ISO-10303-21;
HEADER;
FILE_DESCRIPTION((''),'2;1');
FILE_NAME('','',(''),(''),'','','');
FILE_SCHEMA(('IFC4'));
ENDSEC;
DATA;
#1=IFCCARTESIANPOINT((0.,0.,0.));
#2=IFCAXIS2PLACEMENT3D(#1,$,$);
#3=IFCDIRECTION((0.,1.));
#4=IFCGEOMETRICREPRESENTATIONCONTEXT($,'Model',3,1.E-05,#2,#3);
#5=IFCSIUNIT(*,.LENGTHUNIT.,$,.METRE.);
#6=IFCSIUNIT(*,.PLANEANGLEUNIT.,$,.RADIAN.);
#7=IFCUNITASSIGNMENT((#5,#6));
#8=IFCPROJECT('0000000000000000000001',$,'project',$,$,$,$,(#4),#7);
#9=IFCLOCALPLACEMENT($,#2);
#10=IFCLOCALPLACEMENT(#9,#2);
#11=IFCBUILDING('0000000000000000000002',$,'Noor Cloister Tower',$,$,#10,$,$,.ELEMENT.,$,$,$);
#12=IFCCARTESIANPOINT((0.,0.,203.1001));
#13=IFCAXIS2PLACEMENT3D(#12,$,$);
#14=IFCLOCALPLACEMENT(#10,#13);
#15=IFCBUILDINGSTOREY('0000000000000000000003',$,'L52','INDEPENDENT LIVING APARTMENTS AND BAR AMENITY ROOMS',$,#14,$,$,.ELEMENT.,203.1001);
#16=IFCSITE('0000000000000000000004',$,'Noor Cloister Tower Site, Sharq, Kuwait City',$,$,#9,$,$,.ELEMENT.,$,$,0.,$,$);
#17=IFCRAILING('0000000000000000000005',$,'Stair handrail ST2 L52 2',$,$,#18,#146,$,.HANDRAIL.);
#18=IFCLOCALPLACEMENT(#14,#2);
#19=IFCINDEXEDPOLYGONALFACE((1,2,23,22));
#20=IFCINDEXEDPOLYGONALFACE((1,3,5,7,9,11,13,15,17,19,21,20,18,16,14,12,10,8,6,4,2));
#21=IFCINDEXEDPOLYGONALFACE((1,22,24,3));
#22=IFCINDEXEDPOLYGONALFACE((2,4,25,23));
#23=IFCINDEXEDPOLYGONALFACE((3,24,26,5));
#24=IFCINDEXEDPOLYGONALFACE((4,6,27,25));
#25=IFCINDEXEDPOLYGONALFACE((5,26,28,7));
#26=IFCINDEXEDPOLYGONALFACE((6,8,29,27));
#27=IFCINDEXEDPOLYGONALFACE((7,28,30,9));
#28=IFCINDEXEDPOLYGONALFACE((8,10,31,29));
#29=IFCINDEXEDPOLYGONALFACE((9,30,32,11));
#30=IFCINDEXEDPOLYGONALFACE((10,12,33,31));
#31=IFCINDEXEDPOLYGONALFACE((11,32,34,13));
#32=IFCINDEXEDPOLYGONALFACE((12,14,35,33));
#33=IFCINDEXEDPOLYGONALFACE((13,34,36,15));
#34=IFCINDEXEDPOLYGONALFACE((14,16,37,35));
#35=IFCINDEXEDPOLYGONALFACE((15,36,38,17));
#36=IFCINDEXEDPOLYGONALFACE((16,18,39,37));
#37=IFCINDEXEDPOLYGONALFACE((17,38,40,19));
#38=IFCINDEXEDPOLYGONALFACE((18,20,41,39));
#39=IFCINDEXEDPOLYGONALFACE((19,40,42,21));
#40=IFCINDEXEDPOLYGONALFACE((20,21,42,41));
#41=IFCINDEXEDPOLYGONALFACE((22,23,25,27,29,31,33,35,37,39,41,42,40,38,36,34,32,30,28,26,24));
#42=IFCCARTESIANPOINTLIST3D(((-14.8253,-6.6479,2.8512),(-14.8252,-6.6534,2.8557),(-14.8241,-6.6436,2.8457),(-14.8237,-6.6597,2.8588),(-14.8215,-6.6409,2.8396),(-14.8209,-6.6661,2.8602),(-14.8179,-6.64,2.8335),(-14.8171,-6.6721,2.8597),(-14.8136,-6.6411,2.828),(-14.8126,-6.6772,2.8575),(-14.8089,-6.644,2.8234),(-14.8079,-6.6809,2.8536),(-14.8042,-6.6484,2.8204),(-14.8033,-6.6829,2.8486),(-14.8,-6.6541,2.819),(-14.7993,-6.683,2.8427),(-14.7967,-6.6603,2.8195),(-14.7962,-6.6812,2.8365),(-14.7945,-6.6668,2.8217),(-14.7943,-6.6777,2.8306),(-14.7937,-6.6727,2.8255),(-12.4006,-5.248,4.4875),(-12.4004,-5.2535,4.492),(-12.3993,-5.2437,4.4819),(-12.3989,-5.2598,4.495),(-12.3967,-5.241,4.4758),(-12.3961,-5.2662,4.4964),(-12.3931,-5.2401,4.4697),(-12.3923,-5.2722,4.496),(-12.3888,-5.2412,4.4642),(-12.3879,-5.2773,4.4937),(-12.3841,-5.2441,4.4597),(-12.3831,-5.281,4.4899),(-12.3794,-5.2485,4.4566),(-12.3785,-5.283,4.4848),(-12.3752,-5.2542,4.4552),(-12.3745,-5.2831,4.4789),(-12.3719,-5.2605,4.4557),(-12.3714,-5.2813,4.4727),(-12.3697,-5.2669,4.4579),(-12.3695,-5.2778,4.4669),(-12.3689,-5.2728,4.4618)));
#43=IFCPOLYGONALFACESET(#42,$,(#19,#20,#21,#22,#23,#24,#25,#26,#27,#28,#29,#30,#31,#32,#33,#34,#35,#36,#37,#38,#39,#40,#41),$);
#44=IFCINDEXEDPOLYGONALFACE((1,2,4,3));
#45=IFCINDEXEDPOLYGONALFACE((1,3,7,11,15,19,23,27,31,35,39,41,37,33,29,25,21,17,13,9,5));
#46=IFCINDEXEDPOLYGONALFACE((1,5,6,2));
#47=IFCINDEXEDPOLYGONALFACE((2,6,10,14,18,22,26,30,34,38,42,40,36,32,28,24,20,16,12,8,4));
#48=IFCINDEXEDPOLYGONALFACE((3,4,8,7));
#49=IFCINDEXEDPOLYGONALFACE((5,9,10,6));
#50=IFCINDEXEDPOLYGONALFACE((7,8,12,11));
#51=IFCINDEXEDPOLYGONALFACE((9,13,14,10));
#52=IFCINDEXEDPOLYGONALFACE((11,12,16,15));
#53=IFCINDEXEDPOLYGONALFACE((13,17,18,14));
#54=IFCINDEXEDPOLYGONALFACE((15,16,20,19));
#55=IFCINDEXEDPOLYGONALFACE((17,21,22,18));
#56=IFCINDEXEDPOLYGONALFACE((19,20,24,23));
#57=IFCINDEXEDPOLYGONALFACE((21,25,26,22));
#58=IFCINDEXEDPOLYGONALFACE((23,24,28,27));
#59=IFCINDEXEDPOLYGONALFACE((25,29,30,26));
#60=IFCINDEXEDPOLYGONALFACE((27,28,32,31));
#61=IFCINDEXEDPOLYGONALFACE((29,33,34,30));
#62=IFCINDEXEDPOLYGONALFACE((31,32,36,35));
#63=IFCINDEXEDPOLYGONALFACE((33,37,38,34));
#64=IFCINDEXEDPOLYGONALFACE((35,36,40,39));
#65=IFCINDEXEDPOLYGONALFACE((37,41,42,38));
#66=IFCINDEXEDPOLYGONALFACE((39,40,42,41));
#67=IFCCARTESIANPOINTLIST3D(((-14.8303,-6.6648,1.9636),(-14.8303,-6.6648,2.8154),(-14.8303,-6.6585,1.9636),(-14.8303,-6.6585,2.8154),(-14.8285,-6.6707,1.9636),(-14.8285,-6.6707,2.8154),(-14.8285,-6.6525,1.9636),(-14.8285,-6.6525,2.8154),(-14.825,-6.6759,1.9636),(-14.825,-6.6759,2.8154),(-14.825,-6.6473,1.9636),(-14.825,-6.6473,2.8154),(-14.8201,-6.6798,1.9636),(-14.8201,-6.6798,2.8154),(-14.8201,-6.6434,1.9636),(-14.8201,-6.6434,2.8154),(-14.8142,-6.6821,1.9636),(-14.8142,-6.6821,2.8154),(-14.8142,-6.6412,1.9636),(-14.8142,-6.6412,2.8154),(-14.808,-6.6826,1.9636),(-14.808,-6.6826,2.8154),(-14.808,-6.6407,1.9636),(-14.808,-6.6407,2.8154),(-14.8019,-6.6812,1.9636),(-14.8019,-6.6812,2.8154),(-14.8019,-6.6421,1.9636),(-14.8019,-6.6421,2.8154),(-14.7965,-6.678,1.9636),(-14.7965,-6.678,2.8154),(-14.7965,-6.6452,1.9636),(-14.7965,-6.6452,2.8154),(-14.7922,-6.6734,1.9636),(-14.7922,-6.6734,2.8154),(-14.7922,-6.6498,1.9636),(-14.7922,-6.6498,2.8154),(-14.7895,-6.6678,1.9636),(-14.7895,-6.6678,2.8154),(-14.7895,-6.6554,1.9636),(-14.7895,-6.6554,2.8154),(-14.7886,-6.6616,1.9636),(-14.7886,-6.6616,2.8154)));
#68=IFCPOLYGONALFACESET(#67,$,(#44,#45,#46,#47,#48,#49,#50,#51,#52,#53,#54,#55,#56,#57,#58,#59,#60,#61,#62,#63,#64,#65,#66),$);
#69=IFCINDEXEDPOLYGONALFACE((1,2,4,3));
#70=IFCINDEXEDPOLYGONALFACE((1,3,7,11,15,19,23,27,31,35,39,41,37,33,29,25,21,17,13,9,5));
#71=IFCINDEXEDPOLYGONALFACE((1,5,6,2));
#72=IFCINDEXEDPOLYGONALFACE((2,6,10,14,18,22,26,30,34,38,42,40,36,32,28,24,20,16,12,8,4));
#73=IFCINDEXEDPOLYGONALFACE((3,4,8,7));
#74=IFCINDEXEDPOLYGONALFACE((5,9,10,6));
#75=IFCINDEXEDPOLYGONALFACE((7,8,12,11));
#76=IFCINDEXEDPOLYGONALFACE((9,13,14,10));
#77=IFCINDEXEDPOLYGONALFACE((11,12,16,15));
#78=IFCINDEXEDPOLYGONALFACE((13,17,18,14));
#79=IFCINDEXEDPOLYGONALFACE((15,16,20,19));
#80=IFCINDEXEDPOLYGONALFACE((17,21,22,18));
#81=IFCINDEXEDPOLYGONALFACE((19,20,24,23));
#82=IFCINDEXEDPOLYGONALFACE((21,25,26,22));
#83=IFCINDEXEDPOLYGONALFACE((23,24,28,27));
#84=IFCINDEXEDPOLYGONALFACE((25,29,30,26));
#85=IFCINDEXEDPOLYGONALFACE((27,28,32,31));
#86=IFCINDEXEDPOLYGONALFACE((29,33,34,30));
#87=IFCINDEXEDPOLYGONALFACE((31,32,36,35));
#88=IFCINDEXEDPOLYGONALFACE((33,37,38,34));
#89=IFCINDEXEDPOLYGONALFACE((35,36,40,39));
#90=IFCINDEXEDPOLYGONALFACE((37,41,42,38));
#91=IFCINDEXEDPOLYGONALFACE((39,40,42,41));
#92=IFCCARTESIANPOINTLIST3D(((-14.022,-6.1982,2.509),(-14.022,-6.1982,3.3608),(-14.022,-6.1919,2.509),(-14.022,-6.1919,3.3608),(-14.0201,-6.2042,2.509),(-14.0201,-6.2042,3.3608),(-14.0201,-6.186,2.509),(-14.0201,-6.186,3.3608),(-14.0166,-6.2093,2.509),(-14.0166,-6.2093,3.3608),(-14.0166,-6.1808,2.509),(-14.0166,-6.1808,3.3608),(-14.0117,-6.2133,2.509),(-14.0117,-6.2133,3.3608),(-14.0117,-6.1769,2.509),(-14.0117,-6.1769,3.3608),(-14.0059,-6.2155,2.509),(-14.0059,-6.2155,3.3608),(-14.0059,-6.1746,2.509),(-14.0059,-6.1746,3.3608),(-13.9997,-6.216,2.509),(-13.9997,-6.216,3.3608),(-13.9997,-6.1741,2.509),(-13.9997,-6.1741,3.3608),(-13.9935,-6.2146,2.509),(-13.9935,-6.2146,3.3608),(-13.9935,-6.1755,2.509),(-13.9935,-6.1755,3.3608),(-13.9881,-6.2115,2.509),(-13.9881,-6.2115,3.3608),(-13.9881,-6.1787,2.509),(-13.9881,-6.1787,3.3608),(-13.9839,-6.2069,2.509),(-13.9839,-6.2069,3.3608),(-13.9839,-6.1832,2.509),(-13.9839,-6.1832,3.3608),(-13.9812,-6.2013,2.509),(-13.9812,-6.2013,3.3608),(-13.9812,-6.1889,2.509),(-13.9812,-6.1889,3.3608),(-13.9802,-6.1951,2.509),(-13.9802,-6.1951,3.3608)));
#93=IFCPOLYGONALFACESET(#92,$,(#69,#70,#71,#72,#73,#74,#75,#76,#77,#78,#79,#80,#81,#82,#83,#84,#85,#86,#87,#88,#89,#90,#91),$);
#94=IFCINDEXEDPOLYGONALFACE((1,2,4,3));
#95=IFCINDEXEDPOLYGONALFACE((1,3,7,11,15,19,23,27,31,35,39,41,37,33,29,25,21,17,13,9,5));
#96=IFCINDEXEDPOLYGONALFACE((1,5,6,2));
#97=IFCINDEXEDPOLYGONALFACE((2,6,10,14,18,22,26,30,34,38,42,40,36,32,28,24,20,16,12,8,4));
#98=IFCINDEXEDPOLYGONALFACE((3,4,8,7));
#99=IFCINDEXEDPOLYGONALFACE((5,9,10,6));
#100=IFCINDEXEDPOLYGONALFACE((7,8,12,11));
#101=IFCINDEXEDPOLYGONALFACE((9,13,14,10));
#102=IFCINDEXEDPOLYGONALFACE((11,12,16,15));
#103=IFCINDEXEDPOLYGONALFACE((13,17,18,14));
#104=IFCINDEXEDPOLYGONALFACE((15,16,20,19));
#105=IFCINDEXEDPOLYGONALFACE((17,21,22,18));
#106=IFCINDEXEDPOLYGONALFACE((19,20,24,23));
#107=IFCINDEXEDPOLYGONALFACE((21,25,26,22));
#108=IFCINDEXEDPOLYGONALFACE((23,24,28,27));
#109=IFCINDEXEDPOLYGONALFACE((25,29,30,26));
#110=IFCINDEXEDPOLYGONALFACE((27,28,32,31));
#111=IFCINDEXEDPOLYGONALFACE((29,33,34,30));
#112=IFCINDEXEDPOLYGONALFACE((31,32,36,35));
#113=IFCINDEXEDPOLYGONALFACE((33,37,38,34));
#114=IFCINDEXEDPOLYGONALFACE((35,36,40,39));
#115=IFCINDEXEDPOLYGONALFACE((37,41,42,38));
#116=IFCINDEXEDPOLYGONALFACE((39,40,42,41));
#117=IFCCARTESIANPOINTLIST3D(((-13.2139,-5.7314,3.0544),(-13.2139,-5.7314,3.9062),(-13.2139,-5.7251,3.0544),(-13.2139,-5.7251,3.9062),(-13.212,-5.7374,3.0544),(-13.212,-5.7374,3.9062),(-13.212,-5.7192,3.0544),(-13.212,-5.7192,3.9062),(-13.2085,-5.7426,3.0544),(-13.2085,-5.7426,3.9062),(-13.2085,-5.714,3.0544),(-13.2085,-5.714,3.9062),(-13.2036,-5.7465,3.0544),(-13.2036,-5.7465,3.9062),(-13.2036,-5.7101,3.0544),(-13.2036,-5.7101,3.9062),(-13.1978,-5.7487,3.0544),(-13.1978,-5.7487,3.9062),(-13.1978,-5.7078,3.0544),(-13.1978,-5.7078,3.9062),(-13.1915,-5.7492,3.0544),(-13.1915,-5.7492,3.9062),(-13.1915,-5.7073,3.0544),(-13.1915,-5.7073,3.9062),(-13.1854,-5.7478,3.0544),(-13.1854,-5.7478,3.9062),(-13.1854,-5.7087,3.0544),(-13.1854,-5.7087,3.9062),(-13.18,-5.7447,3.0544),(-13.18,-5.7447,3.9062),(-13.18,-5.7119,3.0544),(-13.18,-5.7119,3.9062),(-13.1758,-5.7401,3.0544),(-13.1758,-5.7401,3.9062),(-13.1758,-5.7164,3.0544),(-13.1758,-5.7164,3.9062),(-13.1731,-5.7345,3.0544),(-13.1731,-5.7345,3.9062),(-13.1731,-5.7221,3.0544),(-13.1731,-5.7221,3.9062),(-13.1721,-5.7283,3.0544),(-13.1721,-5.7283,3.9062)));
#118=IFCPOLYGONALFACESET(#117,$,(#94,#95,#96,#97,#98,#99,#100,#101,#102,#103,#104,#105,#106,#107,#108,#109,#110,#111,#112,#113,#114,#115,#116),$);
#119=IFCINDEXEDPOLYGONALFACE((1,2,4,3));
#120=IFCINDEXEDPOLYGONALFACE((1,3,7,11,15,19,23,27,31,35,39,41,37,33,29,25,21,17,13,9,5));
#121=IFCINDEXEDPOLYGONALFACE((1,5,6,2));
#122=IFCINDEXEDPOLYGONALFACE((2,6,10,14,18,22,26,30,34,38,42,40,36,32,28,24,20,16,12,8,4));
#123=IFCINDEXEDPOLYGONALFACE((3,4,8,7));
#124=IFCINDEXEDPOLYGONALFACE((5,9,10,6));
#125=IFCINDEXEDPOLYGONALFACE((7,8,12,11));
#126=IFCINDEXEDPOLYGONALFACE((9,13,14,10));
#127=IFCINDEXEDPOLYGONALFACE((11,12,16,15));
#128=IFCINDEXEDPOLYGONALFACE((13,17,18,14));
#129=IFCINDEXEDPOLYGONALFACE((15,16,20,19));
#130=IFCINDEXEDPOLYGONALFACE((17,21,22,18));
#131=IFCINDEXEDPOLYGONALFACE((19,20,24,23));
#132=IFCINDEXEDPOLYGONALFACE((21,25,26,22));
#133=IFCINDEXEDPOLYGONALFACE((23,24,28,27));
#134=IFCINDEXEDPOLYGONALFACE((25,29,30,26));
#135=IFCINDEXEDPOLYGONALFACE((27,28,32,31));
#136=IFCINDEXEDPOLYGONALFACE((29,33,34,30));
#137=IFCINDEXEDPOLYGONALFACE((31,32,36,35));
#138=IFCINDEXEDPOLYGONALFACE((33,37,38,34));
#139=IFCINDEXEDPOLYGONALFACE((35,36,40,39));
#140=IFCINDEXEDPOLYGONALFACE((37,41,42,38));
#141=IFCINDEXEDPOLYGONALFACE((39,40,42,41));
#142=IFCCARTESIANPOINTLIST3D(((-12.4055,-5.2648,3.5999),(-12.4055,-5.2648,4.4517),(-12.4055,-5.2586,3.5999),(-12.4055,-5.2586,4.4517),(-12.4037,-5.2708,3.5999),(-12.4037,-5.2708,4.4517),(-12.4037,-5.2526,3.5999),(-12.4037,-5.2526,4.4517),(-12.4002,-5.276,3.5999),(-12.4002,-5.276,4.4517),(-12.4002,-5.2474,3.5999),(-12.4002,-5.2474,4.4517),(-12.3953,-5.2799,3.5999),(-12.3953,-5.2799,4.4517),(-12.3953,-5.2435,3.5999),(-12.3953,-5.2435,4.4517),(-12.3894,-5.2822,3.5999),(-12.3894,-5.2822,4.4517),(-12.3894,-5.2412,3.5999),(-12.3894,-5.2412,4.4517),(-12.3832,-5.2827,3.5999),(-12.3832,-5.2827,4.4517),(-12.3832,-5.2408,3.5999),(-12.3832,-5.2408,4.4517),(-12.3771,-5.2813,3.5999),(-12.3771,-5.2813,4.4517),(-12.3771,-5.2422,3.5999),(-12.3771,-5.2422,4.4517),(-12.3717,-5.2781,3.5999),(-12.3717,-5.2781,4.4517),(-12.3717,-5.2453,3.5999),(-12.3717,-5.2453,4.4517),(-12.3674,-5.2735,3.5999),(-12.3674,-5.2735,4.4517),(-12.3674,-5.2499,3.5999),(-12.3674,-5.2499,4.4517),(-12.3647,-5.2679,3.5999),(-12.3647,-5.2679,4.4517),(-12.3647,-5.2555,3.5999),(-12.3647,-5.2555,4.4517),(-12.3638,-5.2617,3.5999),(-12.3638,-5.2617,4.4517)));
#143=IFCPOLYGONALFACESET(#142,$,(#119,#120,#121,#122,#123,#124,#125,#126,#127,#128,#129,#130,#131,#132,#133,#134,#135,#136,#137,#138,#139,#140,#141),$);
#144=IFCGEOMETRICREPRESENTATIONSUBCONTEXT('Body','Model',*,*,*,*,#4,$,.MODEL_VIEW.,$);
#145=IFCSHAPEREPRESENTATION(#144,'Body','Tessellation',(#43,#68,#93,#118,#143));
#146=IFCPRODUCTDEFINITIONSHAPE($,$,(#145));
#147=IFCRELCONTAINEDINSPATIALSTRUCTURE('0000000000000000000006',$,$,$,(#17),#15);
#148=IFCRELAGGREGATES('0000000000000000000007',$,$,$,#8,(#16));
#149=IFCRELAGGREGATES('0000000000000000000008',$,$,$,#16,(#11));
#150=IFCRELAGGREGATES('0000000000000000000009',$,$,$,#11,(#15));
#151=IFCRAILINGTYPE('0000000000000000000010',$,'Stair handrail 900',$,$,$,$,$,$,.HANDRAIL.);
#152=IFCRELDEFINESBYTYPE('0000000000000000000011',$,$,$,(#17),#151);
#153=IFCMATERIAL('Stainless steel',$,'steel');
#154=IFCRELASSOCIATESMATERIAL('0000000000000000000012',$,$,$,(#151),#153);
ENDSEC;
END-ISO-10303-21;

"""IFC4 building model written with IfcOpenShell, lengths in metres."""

from ifc_helpers import new_model, si_unit, direction, frame, origin, origin_2d, place, context, subcontext, project, spatial, circle, extrude, material, type_object, element, save


model = new_model("IFC4")

# Units and contexts
model_context = context("Model", 3, precision=1e-05, world=origin(), true_north=direction((0.0, 1.0)))
body_context = subcontext(model_context, "Body", "Model", "MODEL_VIEW")
ifc_project = project(units=[si_unit("LENGTHUNIT", "METRE"), si_unit("PLANEANGLEUNIT", "RADIAN")], contexts=[model_context])

# Site, building, storey
site_placement = place(None, origin())
site = spatial("IfcSite", under=ifc_project, at=site_placement, Name="Noor Cloister Tower Site, Sharq, Kuwait City", CompositionType="ELEMENT", RefElevation=0.0)
building_placement = place(site_placement, origin())
building = spatial("IfcBuilding", under=site, at=building_placement, Name="Noor Cloister Tower", CompositionType="ELEMENT")
storey_placement = place(building_placement, frame((0.0, 0.0, 203.1001)))
storey = spatial("IfcBuildingStorey", under=building, at=storey_placement, Name="L52", Description="INDEPENDENT LIVING APARTMENTS AND BAR AMENITY ROOMS", CompositionType="ELEMENT", Elevation=203.1001)

# Railing
ifc_material_1 = material(Name="Stainless steel", Category="steel")
railing_type_1 = type_object("IfcRailingType", Name="Stair handrail 900", PredefinedType="HANDRAIL", material=ifc_material_1)
railing_1_placement = place(storey_placement, frame((-14.8096, -6.6616, 1.9636)))
element("IfcRailing", 1, at=railing_1_placement, inside=storey, type_object=railing_type_1, Name="Stair handrail ST2 L52 2", PredefinedType="HANDRAIL", context=body_context, shape_type="SweptSolid", body=[
    extrude(circle(Radius=0.0239, at=origin_2d()), frame((0.0, 0.0, 0.876), z_axis=(0.747718, 0.431677, 0.504552), x_axis=(-0.499984, 0.866035, 0.0)), (0.0, 0.0, 1.0), 3.2429),
    extrude(circle(Radius=0.021, at=origin_2d()), origin(), (0.0, 0.0, 1.0), 0.8518),
    extrude(circle(Radius=0.021, at=origin_2d()), frame((0.8083, 0.4666, 0.5454)), (0.0, 0.0, 1.0), 0.8518),
    extrude(circle(Radius=0.021, at=origin_2d()), frame((1.6165, 0.9333, 1.0908)), (0.0, 0.0, 1.0), 0.8518),
    extrude(circle(Radius=0.021, at=origin_2d()), frame((2.4248, 1.3999, 1.6362)), (0.0, 0.0, 1.0), 0.8518),
])

save(model, "model.ifc")
